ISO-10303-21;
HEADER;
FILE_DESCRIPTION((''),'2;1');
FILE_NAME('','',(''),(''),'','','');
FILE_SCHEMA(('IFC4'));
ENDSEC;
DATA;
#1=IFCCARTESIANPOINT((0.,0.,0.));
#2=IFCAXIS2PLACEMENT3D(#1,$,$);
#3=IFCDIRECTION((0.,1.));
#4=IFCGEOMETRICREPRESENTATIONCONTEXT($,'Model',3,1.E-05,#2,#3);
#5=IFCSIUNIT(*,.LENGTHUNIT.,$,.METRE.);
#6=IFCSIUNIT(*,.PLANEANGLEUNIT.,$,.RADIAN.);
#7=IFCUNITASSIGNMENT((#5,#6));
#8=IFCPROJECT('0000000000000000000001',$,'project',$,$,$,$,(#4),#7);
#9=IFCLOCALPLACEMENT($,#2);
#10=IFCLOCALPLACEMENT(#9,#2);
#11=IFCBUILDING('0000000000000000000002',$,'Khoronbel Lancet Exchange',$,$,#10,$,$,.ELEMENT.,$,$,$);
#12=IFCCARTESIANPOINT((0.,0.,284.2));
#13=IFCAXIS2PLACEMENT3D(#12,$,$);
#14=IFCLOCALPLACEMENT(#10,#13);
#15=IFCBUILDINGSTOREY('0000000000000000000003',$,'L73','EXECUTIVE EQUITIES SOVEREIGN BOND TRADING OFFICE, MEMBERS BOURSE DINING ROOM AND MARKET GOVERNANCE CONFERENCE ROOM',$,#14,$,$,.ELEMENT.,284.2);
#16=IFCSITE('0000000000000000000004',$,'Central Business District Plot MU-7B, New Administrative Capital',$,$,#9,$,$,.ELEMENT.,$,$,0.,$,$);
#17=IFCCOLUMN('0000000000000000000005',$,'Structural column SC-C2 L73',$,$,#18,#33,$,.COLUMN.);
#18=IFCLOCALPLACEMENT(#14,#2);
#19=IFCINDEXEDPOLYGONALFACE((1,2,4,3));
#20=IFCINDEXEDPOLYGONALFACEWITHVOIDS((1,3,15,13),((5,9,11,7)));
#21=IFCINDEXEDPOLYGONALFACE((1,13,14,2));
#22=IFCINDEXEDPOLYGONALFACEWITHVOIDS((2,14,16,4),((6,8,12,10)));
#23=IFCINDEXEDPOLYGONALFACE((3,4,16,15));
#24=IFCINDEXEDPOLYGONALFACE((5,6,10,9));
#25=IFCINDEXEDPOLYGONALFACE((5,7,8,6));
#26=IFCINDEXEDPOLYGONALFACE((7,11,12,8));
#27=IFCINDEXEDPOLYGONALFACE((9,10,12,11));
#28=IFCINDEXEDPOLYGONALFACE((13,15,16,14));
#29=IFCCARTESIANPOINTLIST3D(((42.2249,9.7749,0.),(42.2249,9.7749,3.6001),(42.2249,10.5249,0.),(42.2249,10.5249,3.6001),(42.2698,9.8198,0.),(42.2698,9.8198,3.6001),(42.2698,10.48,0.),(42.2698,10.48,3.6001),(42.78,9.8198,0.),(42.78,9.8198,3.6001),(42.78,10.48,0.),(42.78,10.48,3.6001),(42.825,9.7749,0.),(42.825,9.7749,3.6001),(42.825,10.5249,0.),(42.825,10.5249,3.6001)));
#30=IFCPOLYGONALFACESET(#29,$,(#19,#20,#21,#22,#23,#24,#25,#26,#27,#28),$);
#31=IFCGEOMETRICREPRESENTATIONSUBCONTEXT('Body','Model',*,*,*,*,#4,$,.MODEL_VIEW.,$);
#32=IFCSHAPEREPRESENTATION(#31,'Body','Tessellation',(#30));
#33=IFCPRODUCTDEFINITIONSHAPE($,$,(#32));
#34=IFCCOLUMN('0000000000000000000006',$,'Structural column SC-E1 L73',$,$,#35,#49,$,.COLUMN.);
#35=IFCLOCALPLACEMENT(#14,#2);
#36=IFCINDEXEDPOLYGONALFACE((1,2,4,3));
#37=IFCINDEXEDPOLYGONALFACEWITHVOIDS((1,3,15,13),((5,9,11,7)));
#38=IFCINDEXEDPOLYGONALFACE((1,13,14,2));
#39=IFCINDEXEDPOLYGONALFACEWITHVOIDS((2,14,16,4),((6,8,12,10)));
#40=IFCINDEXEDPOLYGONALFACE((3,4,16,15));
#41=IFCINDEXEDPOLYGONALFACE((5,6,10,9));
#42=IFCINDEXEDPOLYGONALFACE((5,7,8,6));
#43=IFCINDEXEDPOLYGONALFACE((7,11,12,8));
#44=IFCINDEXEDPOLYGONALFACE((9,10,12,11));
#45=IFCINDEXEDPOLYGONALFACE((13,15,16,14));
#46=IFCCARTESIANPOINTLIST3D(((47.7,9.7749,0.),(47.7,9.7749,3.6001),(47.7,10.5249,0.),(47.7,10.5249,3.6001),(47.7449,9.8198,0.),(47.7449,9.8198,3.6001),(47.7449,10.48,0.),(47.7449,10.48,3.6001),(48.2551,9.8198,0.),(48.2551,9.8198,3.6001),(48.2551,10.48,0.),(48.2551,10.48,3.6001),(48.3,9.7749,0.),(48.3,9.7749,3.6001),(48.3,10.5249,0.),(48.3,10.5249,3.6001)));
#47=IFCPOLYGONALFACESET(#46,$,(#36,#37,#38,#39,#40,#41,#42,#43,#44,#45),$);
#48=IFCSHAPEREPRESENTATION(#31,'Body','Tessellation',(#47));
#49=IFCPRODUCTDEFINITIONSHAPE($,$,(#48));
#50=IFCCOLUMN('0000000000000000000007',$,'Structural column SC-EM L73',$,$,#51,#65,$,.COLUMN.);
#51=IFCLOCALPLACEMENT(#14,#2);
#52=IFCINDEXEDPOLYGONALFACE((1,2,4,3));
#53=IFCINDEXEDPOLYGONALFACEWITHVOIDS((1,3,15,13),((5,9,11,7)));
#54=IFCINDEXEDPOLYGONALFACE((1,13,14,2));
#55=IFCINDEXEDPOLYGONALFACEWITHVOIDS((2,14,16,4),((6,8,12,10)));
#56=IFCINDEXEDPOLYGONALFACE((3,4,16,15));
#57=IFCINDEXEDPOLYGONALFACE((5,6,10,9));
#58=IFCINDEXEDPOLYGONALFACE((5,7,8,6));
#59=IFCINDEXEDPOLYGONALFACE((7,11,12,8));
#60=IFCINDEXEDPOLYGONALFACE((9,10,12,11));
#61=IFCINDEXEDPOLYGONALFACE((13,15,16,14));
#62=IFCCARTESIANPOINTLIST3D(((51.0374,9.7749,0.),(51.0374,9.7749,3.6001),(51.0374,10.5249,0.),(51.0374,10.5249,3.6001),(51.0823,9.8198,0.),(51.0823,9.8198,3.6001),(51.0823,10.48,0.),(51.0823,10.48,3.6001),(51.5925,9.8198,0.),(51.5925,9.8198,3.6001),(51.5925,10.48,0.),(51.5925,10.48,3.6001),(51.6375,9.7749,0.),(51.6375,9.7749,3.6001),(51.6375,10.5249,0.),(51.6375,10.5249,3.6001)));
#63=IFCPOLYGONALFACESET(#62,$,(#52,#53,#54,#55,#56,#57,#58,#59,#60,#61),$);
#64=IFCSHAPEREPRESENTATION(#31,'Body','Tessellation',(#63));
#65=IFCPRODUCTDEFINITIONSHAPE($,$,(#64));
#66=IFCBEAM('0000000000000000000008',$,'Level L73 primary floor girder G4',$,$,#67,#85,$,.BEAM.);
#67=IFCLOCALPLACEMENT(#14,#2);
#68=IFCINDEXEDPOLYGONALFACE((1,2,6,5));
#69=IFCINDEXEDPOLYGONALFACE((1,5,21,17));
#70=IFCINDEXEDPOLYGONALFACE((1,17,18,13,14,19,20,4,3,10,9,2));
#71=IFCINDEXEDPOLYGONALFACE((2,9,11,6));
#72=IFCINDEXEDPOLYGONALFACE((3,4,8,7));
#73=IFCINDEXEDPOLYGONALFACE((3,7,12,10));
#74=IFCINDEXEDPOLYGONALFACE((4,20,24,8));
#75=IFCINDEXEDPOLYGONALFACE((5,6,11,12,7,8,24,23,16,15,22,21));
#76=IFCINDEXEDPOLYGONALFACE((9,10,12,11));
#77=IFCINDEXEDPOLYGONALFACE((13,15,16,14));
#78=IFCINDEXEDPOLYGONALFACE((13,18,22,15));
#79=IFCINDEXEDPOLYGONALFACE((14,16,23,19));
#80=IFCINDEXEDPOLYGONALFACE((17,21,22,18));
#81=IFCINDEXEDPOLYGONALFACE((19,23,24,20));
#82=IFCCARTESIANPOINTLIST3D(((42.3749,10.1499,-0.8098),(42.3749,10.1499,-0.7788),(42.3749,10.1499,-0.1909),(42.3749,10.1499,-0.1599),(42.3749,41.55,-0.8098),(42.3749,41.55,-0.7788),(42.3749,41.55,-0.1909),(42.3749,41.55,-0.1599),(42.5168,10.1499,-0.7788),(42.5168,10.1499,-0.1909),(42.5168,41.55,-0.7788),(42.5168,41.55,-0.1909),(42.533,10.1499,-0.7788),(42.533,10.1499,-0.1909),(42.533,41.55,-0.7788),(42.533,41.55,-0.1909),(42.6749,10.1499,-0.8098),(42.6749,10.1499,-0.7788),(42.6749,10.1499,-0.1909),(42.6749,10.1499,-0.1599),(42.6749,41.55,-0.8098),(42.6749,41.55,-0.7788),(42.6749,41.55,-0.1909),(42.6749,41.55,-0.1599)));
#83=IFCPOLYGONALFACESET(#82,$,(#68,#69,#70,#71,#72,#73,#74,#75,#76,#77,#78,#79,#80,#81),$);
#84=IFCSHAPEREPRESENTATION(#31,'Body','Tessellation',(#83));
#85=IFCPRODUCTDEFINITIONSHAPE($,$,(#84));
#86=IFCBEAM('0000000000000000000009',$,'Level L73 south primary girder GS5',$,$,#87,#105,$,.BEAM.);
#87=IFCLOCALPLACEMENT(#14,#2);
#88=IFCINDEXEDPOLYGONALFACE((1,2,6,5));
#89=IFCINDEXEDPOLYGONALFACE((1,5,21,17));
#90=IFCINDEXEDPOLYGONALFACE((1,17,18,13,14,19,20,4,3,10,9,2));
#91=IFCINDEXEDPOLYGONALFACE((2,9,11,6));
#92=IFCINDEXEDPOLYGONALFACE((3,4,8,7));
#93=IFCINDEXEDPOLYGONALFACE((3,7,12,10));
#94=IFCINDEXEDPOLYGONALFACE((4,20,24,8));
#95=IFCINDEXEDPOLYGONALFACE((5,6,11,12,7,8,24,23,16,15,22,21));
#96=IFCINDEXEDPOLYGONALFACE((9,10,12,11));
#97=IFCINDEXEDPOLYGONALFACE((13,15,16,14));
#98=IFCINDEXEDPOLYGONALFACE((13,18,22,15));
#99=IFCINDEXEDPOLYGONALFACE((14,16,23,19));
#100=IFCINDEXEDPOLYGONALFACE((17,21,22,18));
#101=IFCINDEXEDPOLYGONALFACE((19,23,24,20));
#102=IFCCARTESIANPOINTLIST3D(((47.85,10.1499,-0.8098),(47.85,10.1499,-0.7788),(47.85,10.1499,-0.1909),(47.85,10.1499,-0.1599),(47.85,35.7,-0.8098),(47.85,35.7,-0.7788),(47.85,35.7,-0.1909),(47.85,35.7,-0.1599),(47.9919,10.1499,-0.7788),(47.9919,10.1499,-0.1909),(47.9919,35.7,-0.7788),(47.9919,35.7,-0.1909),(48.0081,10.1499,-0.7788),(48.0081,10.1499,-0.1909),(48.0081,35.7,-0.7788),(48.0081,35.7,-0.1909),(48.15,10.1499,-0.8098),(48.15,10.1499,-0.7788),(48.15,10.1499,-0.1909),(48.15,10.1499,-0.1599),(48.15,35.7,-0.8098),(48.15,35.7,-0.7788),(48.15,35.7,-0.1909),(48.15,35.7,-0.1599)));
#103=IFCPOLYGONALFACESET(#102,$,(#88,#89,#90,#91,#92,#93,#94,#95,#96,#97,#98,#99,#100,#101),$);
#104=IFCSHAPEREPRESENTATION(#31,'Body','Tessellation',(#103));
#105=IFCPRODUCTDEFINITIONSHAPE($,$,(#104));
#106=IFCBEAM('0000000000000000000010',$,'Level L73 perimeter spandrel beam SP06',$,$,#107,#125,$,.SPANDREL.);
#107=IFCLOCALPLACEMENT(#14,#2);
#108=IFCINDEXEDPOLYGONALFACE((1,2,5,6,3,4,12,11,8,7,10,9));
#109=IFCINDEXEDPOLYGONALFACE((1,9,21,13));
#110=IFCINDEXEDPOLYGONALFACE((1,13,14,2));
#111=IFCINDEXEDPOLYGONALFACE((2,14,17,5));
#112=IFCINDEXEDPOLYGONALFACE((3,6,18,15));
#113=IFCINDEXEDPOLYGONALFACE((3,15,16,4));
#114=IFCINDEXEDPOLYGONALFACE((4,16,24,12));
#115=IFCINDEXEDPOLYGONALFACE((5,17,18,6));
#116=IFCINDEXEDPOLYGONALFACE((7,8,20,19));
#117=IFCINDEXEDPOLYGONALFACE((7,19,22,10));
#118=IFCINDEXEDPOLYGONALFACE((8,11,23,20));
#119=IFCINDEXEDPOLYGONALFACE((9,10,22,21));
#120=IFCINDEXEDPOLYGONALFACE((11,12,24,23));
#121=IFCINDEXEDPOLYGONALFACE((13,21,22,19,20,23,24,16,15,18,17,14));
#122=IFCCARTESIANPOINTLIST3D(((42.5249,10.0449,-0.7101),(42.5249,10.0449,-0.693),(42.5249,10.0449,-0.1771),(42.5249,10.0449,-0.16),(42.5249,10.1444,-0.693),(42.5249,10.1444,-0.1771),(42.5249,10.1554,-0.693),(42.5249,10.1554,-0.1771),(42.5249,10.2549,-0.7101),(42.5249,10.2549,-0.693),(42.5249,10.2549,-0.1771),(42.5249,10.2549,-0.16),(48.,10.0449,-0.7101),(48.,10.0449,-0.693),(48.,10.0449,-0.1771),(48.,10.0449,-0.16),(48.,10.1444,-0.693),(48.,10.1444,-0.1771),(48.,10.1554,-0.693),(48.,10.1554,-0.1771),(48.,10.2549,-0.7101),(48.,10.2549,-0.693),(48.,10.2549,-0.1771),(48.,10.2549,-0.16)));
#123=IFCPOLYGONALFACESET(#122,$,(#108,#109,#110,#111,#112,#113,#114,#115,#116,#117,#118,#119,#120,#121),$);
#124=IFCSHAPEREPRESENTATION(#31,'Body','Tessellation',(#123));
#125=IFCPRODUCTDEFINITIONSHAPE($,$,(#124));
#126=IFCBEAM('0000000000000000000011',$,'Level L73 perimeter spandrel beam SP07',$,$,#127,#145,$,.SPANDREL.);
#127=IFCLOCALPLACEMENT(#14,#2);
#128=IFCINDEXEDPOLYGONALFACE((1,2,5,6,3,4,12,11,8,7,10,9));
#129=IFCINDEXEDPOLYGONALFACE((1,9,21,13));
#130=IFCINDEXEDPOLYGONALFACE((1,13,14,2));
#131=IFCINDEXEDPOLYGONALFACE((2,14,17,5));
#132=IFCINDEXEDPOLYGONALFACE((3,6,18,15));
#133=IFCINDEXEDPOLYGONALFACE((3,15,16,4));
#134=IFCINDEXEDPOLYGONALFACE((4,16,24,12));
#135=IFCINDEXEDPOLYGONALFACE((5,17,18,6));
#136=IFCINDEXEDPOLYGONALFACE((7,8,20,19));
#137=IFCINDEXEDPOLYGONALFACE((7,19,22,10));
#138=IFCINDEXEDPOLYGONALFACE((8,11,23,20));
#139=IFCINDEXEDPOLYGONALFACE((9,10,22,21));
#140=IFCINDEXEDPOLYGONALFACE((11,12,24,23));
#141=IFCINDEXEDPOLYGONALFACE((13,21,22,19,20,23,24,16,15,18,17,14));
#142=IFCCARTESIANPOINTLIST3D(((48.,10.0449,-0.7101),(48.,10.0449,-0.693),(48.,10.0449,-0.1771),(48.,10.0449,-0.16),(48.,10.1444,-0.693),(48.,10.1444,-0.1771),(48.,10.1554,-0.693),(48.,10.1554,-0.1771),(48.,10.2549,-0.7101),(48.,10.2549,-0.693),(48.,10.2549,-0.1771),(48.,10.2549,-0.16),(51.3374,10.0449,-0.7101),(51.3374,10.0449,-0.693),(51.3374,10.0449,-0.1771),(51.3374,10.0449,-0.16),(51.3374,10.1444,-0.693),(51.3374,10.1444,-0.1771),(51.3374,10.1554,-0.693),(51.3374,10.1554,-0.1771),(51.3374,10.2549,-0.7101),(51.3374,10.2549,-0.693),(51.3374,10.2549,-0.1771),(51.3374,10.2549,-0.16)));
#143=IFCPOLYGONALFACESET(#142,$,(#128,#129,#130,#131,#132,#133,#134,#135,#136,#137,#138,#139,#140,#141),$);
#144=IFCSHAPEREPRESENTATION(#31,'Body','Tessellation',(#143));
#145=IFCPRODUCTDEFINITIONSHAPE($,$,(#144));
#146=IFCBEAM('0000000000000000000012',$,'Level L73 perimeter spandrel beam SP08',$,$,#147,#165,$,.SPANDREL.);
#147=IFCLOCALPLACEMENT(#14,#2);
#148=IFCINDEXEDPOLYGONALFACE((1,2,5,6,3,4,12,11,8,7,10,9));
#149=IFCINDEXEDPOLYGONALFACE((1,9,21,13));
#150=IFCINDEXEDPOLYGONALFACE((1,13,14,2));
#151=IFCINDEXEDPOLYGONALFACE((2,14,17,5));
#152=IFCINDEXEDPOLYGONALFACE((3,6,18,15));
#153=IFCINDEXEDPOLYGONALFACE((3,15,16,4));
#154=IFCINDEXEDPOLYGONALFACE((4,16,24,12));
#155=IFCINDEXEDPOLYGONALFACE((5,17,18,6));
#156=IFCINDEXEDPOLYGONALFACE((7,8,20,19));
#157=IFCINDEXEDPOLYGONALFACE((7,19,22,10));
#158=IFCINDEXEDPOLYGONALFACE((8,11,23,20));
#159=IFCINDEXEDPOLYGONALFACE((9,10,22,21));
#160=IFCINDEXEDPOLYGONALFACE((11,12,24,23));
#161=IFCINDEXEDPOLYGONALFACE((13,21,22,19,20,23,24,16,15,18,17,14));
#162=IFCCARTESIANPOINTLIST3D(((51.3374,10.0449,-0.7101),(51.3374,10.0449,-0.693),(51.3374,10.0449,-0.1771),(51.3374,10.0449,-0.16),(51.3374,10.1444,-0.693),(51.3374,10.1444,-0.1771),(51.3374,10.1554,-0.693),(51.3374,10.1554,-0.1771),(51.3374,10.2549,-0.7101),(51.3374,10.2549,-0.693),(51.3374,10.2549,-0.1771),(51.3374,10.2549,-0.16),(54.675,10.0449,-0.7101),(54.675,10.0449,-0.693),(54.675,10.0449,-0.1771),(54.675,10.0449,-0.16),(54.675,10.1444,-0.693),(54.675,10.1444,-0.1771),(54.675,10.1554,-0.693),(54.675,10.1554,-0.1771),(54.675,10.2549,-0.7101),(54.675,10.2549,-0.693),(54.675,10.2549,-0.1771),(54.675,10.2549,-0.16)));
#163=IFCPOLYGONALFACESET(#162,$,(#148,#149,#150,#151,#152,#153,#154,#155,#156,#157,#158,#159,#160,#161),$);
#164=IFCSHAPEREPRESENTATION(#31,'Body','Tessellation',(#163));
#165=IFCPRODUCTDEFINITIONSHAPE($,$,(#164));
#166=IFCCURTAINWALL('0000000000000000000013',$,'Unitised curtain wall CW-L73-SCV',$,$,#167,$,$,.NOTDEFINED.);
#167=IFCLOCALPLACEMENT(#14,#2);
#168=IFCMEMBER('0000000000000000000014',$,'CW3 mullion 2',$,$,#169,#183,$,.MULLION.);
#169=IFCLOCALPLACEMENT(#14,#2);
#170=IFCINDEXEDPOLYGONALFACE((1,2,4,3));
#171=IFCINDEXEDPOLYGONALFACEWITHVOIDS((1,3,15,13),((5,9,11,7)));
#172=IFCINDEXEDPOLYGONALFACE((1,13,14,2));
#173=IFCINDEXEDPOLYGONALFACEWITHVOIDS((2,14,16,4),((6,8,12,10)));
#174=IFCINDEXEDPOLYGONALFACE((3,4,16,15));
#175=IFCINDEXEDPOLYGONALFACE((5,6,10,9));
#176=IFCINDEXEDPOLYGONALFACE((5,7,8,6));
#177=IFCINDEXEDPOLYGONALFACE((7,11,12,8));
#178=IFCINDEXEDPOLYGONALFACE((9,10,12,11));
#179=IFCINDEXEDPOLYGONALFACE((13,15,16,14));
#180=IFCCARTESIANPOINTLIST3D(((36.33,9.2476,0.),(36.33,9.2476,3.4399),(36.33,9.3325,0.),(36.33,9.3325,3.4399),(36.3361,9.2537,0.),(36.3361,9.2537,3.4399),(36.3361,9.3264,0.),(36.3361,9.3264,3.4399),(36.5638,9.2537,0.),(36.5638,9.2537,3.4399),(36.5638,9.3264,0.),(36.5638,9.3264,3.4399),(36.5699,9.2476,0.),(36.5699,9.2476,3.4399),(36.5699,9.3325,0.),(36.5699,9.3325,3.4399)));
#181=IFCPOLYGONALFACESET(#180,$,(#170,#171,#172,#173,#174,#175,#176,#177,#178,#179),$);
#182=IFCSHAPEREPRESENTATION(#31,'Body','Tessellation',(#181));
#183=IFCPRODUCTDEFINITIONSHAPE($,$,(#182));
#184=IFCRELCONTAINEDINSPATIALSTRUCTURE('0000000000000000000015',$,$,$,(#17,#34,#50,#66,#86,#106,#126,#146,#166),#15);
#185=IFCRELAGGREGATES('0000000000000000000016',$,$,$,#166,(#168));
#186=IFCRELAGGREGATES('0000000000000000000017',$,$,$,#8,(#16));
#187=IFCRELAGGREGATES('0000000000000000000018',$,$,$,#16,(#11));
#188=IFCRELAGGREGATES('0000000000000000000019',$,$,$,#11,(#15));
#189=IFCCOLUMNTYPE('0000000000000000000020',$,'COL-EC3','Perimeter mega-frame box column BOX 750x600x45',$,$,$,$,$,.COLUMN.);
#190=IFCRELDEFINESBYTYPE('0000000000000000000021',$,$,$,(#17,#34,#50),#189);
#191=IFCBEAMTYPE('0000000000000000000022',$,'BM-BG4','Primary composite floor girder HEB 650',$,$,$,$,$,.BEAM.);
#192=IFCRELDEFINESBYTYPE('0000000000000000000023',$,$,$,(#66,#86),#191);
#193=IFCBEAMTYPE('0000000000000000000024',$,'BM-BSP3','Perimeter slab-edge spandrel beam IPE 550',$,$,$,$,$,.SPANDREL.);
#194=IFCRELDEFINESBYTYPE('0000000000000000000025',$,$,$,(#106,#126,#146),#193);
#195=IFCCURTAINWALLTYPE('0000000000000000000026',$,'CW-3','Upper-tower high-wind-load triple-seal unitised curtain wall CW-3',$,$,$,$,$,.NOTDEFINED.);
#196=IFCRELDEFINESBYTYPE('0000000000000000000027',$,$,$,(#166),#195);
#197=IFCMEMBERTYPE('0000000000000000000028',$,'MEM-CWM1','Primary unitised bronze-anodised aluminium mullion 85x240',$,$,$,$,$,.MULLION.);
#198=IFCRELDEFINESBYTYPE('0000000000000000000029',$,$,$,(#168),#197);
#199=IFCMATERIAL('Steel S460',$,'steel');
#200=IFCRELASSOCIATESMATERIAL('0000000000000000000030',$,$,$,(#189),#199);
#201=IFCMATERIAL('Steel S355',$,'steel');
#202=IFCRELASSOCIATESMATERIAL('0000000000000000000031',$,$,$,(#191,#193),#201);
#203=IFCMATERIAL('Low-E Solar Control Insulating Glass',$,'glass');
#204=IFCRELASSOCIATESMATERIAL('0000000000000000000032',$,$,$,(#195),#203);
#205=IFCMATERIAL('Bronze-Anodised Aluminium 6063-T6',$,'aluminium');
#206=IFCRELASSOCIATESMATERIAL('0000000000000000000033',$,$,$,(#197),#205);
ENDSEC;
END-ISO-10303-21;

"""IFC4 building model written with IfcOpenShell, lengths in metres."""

from ifc_helpers import new_model, si_unit, direction, frame, origin, origin_2d, place, context, subcontext, project, spatial, hollow_rectangle, i_section, extrude, material, material_profile, profile_set, type_object, element, aggregate, save


model = new_model("IFC4")

# Units and contexts
model_context = context("Model", 3, precision=1e-05, world=origin(), true_north=direction((0.0, 1.0)))
body_context = subcontext(model_context, "Body", "Model", "MODEL_VIEW")
ifc_project = project(units=[si_unit("LENGTHUNIT", "METRE"), si_unit("PLANEANGLEUNIT", "RADIAN")], contexts=[model_context])

# Site, building, storey
site_placement = place(None, origin())
site = spatial("IfcSite", under=ifc_project, at=site_placement, Name="Central Business District Plot MU-7B, New Administrative Capital", CompositionType="ELEMENT", RefElevation=0.0)
building_placement = place(site_placement, origin())
building = spatial("IfcBuilding", under=site, at=building_placement, Name="Khoronbel Lancet Exchange", CompositionType="ELEMENT")
storey_placement = place(building_placement, frame((0.0, 0.0, 284.2)))
storey = spatial("IfcBuildingStorey", under=building, at=storey_placement, Name="L73", Description="EXECUTIVE EQUITIES SOVEREIGN BOND TRADING OFFICE, MEMBERS BOURSE DINING ROOM AND MARKET GOVERNANCE CONFERENCE ROOM", CompositionType="ELEMENT", Elevation=284.2)

# Columns
ifc_material_1 = material(Name="Steel S460", Category="steel")
ifc_material_profile_1 = material_profile(ifc_material_1, hollow_rectangle(XDim=0.6001, YDim=0.75, WallThickness=0.0449, at=origin_2d()), Name="BOX 750x600x45")
ifc_profile_set_1 = profile_set([ifc_material_profile_1], Name="Steel S460")
column_type = type_object("IfcColumnType", Name="COL-EC3", Description="Perimeter mega-frame box column BOX 750x600x45", PredefinedType="COLUMN", material=ifc_profile_set_1)
for number, where, z_axis, x_axis, name in (
    (1, (42.5249, 10.1499, 0.0), (0.0, 0.0, 1.0), (1.0, 0.0, 0.0), "Structural column SC-C2 L73"),
    (2, (48.0, 10.1499, 0.0), (0.0, 0.0, 1.0), (1.0, 0.0, 0.0), "Structural column SC-E1 L73"),
    (3, (51.3374, 10.1499, 0.0), (0.0, 0.0, 1.0), (1.0, 0.0, 0.0), "Structural column SC-EM L73"),
):
    element("IfcColumn", number, at=place(storey_placement, frame(where, z_axis=z_axis, x_axis=x_axis)), inside=storey, type_object=column_type, Name=name, PredefinedType="COLUMN", context=body_context, shape_type="SweptSolid", body=[
        extrude(hollow_rectangle(XDim=0.6001, YDim=0.75, WallThickness=0.0449, at=origin_2d()), origin(), (0.0, 0.0, 1.0), 3.6001),
    ])

# Beams
ifc_material_2 = material(Name="Steel S355", Category="steel")
ifc_material_profile_2 = material_profile(ifc_material_2, i_section(OverallWidth=0.3, OverallDepth=0.6499, WebThickness=0.0161, FlangeThickness=0.031, at=origin_2d()), Name="HEB 650")
ifc_profile_set_2 = profile_set([ifc_material_profile_2], Name="Steel S355")
beam_type_1 = type_object("IfcBeamType", Name="BM-BG4", Description="Primary composite floor girder HEB 650", PredefinedType="BEAM", material=ifc_profile_set_2)
beam_1_placement = place(storey_placement, frame((42.5249, 10.1499, -0.4849), z_axis=(0.0, 1.0, 0.0), x_axis=(-1.0, 0.0, 0.0)))
element("IfcBeam", 4, at=beam_1_placement, inside=storey, type_object=beam_type_1, Name="Level L73 primary floor girder G4", PredefinedType="BEAM", context=body_context, shape_type="SweptSolid", body=[
    extrude(i_section(OverallWidth=0.3, OverallDepth=0.6499, WebThickness=0.0161, FlangeThickness=0.031, at=origin_2d()), origin(), (0.0, 0.0, 1.0), 31.4001),
])
beam_2_placement = place(storey_placement, frame((48.0, 10.1499, -0.4849), z_axis=(0.0, 1.0, 0.0), x_axis=(-1.0, 0.0, 0.0)))
element("IfcBeam", 5, at=beam_2_placement, inside=storey, type_object=beam_type_1, Name="Level L73 south primary girder GS5", PredefinedType="BEAM", context=body_context, shape_type="SweptSolid", body=[
    extrude(i_section(OverallWidth=0.3, OverallDepth=0.6499, WebThickness=0.0161, FlangeThickness=0.031, at=origin_2d()), origin(), (0.0, 0.0, 1.0), 25.55),
])
ifc_material_profile_3 = material_profile(ifc_material_2, i_section(OverallWidth=0.21, OverallDepth=0.55, WebThickness=0.011, FlangeThickness=0.0171, at=origin_2d()), Name="IPE 550")
ifc_profile_set_3 = profile_set([ifc_material_profile_3], Name="Steel S355")
beam_type_2 = type_object("IfcBeamType", Name="BM-BSP3", Description="Perimeter slab-edge spandrel beam IPE 550", PredefinedType="SPANDREL", material=ifc_profile_set_3)
beam_3_placement = place(storey_placement, frame((42.5249, 10.1499, -0.4351), z_axis=(1.0, 0.0, 0.0), x_axis=(0.0, 1.0, 0.0)))
element("IfcBeam", 6, at=beam_3_placement, inside=storey, type_object=beam_type_2, Name="Level L73 perimeter spandrel beam SP06", PredefinedType="SPANDREL", context=body_context, shape_type="SweptSolid", body=[
    extrude(i_section(OverallWidth=0.21, OverallDepth=0.55, WebThickness=0.011, FlangeThickness=0.0171, at=origin_2d()), origin(), (0.0, 0.0, 1.0), 5.4751),
])
beam_4_placement = place(storey_placement, frame((48.0, 10.1499, -0.4351), z_axis=(1.0, 0.0, 0.0), x_axis=(0.0, 1.0, 0.0)))
element("IfcBeam", 7, at=beam_4_placement, inside=storey, type_object=beam_type_2, Name="Level L73 perimeter spandrel beam SP07", PredefinedType="SPANDREL", context=body_context, shape_type="SweptSolid", body=[
    extrude(i_section(OverallWidth=0.21, OverallDepth=0.55, WebThickness=0.011, FlangeThickness=0.0171, at=origin_2d()), origin(), (0.0, 0.0, 1.0), 3.3374),
])
beam_5_placement = place(storey_placement, frame((51.3374, 10.1499, -0.4351), z_axis=(1.0, 0.0, 0.0), x_axis=(0.0, 1.0, 0.0)))
element("IfcBeam", 8, at=beam_5_placement, inside=storey, type_object=beam_type_2, Name="Level L73 perimeter spandrel beam SP08", PredefinedType="SPANDREL", context=body_context, shape_type="SweptSolid", body=[
    extrude(i_section(OverallWidth=0.21, OverallDepth=0.55, WebThickness=0.011, FlangeThickness=0.0171, at=origin_2d()), origin(), (0.0, 0.0, 1.0), 3.3376),
])

# Curtain wall, member
ifc_material_3 = material(Name="Low-E Solar Control Insulating Glass", Category="glass")
curtain_wall_type = type_object("IfcCurtainWallType", Name="CW-3", Description="Upper-tower high-wind-load triple-seal unitised curtain wall CW-3", PredefinedType="NOTDEFINED", material=ifc_material_3)
curtain_wall_1_placement = place(storey_placement, origin())
curtain_wall_1 = element("IfcCurtainWall", 9, at=curtain_wall_1_placement, inside=storey, type_object=curtain_wall_type, Name="Unitised curtain wall CW-L73-SCV", PredefinedType="NOTDEFINED")
ifc_material_4 = material(Name="Bronze-Anodised Aluminium 6063-T6", Category="aluminium")
ifc_material_profile_4 = material_profile(ifc_material_4, hollow_rectangle(XDim=0.085, YDim=0.24, WallThickness=0.0061, at=origin_2d()), Name="ALU MULLION 85x240")
ifc_profile_set_4 = profile_set([ifc_material_profile_4], Name="Bronze-Anodised Aluminium 6063-T6")
member_type_1 = type_object("IfcMemberType", Name="MEM-CWM1", Description="Primary unitised bronze-anodised aluminium mullion 85x240", PredefinedType="MULLION", material=ifc_profile_set_4)
member_1_placement = place(storey_placement, frame((36.45, 9.29, 0.0), z_axis=(0.0, 0.0, 1.0), x_axis=(0.0, 1.0, 0.0)))
member_1 = element("IfcMember", 10, at=member_1_placement, type_object=member_type_1, Name="CW3 mullion 2", PredefinedType="MULLION", context=body_context, shape_type="SweptSolid", body=[
    extrude(hollow_rectangle(XDim=0.085, YDim=0.24, WallThickness=0.0061, at=origin_2d()), origin(), (0.0, 0.0, 1.0), 3.4399),
])

aggregate(curtain_wall_1, [member_1])

save(model, "model.ifc")
